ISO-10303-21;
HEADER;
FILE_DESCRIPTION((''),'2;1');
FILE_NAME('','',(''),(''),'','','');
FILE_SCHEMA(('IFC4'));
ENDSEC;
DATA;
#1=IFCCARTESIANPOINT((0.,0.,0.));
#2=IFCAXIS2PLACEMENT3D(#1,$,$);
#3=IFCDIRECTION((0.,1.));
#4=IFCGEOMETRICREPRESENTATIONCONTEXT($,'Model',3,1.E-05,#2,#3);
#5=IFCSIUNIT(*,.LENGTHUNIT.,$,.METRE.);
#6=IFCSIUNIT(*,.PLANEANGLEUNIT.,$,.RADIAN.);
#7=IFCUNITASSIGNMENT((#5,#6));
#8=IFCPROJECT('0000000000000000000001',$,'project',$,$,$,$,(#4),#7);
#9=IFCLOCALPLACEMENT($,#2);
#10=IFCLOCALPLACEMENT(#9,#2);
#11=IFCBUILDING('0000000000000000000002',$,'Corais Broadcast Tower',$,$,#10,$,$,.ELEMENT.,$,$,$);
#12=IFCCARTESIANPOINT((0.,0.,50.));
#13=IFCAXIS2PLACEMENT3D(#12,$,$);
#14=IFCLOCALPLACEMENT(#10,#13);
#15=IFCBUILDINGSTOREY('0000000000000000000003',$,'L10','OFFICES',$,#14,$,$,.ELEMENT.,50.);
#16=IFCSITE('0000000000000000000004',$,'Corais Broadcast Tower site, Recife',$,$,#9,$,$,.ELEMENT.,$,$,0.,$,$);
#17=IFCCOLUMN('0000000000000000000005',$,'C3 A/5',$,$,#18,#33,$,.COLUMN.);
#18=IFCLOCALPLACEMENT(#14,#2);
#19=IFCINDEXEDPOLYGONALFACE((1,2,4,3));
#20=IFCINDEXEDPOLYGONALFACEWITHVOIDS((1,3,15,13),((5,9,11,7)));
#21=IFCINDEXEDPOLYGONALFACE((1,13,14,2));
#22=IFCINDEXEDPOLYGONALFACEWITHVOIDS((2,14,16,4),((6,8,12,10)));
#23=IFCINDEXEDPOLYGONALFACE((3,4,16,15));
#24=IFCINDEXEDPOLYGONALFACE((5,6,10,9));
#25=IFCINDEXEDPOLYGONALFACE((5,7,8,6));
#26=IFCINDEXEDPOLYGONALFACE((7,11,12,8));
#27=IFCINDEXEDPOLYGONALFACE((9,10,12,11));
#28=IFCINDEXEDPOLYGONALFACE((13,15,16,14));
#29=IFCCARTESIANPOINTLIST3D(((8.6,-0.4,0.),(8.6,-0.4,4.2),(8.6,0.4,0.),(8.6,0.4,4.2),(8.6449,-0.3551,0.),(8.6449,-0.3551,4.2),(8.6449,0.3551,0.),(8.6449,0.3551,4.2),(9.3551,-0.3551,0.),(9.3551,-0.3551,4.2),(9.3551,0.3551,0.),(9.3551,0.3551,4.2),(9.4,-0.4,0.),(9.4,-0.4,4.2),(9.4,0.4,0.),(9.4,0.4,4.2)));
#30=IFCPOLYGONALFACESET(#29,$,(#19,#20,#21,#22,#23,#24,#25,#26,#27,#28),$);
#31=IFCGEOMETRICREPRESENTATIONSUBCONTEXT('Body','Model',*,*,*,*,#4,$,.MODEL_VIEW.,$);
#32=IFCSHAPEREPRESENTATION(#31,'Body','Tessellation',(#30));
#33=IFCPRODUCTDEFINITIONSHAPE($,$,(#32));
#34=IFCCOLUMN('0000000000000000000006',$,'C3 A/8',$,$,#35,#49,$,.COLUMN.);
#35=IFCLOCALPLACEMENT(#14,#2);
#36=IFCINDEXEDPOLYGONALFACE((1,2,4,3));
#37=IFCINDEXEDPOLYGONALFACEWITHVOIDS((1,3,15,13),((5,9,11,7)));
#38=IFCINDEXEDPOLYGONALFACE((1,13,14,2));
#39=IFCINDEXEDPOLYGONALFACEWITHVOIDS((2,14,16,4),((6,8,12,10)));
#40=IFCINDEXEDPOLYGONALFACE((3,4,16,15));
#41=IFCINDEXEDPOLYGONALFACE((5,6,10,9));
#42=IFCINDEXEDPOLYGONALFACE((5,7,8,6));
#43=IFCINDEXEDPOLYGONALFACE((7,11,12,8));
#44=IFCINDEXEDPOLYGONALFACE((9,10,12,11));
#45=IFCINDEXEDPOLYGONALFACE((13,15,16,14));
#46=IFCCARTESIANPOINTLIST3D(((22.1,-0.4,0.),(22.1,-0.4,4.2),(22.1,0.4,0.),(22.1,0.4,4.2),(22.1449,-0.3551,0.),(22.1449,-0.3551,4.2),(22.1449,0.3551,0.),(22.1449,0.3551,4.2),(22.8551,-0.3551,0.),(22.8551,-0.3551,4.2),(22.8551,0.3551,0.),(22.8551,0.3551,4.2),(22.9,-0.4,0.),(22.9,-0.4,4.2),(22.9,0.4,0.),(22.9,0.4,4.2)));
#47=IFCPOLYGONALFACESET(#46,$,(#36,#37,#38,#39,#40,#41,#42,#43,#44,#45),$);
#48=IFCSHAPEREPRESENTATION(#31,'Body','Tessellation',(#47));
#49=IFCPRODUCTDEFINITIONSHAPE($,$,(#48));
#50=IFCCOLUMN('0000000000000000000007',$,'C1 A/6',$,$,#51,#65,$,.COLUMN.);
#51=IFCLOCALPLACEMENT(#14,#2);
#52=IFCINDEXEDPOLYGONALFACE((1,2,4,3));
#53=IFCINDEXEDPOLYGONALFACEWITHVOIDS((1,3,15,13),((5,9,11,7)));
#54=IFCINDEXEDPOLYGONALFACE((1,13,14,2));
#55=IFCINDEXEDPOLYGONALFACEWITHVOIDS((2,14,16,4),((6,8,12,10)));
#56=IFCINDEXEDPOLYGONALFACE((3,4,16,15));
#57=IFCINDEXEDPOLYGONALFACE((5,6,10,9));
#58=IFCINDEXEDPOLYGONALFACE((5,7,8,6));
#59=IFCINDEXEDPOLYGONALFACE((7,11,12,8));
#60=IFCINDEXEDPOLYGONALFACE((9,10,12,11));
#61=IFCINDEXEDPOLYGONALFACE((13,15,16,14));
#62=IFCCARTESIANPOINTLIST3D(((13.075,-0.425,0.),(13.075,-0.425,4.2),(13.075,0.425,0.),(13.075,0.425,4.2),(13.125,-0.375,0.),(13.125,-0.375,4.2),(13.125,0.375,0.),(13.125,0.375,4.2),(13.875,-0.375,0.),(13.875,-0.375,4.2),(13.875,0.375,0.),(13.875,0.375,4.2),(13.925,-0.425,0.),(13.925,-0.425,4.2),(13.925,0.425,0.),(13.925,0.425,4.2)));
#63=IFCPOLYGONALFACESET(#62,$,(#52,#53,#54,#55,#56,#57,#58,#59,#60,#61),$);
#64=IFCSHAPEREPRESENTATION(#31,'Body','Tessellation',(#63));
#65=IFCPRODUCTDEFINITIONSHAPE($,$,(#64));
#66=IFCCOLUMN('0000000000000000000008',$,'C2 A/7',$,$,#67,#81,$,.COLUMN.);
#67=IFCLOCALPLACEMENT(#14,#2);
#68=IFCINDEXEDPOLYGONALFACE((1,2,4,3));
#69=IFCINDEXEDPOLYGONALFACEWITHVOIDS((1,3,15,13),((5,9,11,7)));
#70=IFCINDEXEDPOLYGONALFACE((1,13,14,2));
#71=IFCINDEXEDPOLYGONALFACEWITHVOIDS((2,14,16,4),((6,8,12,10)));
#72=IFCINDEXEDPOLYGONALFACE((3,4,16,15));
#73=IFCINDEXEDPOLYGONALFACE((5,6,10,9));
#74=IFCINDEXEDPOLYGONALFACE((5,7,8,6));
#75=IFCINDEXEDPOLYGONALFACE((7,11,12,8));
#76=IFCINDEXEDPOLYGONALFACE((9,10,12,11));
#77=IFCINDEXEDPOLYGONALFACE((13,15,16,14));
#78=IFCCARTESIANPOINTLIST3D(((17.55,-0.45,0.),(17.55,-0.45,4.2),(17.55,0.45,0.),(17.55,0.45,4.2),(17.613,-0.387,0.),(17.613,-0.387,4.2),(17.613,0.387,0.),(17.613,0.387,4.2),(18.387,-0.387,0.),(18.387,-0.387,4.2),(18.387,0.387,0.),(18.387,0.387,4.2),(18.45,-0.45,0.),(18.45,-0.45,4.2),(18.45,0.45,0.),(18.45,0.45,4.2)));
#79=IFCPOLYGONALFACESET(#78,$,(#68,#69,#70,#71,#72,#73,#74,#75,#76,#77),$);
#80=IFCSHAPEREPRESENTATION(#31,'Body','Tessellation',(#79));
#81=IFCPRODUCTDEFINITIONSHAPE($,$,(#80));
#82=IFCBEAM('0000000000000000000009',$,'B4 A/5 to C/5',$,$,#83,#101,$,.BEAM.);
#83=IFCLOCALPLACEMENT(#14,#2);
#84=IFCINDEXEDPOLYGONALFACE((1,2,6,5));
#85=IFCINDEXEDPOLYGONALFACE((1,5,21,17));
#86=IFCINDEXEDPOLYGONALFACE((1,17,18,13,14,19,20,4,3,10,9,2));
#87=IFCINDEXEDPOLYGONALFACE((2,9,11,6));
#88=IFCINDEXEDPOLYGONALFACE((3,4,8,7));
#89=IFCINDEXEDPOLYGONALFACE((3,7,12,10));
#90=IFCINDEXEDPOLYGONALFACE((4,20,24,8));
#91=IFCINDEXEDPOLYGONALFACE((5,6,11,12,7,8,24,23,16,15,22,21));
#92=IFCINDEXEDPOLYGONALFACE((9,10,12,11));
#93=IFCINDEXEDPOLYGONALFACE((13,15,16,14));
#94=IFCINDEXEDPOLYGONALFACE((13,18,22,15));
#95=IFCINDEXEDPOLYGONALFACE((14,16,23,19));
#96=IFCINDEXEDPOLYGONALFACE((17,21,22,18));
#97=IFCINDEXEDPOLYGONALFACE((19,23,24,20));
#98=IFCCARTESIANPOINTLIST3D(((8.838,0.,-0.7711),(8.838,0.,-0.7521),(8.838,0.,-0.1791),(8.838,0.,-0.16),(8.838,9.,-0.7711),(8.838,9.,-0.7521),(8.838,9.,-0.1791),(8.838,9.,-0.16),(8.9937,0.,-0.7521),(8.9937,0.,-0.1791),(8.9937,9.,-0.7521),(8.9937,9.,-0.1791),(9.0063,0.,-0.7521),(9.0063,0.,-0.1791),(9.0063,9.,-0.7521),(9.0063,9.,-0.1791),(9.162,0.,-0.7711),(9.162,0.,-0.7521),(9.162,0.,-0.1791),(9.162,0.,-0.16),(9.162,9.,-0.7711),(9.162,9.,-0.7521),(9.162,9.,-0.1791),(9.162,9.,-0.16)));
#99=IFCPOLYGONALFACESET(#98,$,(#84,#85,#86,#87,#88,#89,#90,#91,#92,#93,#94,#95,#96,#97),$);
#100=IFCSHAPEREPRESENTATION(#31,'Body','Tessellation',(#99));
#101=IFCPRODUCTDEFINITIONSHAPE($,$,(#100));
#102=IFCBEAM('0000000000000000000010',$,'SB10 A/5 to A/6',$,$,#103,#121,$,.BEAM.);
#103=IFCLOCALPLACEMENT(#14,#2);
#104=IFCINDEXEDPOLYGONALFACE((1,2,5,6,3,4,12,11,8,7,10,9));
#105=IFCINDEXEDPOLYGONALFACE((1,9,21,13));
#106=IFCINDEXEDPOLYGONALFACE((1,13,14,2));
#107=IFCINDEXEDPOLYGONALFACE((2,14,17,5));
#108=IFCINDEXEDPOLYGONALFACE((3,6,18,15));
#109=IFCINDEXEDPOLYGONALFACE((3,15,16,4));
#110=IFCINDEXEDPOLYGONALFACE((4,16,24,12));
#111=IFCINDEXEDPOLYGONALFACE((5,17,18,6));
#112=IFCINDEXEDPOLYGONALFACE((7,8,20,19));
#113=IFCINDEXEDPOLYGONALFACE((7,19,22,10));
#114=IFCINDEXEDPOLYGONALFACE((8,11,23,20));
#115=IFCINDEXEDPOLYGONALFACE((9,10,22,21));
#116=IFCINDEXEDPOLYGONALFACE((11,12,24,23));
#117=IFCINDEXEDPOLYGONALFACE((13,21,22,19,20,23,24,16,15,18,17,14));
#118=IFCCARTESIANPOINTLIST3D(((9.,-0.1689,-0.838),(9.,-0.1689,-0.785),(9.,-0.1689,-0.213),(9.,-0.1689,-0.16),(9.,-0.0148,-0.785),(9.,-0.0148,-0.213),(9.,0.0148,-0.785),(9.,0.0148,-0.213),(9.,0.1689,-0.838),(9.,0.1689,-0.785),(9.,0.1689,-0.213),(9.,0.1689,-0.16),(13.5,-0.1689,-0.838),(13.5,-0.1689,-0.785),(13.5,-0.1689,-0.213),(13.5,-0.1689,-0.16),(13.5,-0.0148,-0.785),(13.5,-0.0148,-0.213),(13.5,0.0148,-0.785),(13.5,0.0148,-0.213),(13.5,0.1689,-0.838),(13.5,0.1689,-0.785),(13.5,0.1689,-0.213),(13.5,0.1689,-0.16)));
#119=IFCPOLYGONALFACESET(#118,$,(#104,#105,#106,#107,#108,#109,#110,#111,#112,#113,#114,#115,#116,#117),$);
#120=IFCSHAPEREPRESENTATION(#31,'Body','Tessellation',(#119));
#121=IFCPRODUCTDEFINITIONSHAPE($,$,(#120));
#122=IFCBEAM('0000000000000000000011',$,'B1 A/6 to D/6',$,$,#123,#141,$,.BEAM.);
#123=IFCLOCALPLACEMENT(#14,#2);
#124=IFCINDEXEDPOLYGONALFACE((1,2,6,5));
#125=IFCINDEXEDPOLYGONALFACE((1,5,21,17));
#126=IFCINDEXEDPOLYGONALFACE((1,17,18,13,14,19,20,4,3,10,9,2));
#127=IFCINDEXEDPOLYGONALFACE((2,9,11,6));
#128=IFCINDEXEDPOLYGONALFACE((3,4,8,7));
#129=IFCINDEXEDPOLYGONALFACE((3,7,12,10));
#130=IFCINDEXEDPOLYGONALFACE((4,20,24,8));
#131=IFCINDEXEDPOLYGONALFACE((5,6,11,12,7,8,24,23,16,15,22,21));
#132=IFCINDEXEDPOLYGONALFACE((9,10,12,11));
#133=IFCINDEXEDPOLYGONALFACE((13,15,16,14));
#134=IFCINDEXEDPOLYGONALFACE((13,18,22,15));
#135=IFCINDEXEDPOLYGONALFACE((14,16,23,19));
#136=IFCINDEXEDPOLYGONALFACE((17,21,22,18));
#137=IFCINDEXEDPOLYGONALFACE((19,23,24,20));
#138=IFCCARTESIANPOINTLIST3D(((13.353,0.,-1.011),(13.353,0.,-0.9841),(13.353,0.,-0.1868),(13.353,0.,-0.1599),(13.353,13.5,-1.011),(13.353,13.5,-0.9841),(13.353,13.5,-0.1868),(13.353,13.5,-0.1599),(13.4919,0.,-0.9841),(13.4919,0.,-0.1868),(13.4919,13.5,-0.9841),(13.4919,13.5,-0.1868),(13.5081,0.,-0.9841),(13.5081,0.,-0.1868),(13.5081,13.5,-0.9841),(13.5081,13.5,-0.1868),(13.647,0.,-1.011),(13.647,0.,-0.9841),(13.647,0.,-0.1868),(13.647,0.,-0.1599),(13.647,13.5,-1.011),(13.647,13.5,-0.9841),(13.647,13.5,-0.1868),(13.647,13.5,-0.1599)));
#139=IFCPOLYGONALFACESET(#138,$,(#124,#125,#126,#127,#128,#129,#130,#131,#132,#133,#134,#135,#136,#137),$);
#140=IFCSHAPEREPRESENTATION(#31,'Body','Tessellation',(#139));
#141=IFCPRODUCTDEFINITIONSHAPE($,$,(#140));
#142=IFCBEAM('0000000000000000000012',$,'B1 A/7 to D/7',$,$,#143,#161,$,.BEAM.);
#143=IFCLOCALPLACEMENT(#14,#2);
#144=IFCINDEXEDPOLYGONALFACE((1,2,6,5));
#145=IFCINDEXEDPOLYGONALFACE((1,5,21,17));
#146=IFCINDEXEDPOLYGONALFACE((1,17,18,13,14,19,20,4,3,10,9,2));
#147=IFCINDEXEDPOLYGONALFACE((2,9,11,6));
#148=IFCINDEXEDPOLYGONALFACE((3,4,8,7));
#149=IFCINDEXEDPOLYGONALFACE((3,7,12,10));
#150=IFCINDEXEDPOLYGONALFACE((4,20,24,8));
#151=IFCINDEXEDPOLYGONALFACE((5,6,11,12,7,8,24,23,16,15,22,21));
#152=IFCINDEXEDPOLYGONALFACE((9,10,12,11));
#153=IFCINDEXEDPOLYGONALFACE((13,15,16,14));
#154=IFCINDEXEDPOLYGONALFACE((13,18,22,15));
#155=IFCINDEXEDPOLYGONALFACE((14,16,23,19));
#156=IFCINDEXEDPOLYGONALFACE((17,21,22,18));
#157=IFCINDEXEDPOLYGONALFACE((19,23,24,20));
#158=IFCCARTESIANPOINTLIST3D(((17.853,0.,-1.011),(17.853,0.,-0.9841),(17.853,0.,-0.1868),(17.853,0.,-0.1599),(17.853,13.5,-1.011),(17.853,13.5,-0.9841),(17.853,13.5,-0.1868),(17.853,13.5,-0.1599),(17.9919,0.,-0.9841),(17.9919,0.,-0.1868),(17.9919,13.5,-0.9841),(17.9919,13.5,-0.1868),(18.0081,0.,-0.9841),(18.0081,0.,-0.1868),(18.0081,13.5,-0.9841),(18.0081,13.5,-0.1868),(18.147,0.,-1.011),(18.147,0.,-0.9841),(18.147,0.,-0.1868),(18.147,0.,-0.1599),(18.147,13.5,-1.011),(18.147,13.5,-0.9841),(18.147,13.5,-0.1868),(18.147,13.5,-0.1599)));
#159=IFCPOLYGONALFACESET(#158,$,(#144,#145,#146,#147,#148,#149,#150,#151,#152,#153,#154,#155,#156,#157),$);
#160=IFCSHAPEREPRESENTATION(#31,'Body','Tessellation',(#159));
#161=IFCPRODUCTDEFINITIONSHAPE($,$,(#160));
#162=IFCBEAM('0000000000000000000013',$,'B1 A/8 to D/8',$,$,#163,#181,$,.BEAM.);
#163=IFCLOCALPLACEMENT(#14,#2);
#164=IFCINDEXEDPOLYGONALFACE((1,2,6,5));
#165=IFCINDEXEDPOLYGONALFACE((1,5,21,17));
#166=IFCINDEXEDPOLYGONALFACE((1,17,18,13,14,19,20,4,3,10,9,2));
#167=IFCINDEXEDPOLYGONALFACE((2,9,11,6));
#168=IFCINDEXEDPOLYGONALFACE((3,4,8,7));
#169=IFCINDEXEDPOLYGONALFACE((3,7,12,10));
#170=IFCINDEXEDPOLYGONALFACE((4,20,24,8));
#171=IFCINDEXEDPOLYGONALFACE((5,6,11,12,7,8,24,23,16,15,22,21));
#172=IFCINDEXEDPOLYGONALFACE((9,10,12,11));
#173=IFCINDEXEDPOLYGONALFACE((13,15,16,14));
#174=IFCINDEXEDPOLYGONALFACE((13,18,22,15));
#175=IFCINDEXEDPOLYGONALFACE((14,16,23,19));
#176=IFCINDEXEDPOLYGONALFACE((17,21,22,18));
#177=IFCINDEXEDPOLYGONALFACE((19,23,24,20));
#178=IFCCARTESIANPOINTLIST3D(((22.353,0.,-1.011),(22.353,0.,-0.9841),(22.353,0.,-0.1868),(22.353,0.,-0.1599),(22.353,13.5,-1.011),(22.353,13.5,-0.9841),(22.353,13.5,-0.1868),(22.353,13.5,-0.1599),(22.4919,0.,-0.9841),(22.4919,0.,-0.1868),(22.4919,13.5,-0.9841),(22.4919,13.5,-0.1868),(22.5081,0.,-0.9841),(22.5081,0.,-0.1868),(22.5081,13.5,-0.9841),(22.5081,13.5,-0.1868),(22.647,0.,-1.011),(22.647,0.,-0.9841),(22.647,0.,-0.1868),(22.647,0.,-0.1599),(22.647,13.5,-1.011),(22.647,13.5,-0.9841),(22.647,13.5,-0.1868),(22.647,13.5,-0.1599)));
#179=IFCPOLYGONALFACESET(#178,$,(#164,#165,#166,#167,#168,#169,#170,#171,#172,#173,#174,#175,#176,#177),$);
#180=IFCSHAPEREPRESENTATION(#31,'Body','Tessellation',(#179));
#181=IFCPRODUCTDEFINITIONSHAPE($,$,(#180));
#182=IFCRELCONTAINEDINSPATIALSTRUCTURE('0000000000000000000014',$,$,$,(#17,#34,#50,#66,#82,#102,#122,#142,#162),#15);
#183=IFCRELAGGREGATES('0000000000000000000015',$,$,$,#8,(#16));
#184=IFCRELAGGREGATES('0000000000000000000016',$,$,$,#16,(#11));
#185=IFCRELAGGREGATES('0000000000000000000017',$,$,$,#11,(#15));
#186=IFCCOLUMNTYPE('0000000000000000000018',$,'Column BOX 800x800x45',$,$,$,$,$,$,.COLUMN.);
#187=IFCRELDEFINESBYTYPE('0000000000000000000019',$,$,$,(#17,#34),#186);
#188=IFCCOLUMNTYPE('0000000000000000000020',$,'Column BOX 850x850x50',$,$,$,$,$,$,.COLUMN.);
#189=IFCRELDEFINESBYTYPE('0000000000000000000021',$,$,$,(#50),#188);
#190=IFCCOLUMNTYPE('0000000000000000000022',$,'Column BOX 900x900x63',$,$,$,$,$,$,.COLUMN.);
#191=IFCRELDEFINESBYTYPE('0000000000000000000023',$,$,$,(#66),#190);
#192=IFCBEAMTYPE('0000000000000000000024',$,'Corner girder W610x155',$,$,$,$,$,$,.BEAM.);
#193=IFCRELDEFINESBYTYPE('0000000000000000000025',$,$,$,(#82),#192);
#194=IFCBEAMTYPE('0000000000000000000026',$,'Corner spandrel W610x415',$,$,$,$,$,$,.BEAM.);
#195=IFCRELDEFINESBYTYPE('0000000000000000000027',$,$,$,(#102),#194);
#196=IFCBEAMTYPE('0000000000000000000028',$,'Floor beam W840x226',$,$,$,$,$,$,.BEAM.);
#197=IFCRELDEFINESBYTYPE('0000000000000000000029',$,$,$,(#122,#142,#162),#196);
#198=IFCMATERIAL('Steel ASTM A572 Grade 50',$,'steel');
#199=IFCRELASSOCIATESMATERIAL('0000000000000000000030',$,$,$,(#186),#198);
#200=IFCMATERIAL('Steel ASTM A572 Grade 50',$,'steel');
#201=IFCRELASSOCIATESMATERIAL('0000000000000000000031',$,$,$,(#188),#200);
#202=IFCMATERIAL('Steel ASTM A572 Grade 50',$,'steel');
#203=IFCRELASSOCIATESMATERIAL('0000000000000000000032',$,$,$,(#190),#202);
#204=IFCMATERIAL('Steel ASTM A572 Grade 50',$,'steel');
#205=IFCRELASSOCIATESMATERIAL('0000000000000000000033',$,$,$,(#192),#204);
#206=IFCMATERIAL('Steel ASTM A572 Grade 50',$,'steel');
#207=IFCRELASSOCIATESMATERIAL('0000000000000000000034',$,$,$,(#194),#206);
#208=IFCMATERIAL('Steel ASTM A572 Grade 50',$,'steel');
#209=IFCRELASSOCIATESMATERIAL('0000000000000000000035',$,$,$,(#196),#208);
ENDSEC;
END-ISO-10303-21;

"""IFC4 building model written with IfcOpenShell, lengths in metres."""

from ifc_helpers import new_model, si_unit, direction, frame, origin, origin_2d, place, context, subcontext, project, spatial, hollow_rectangle, i_section, extrude, material, material_profile, profile_set, type_object, element, save


model = new_model("IFC4")

# Units and contexts
model_context = context("Model", 3, precision=1e-05, world=origin(), true_north=direction((0.0, 1.0)))
body_context = subcontext(model_context, "Body", "Model", "MODEL_VIEW")
ifc_project = project(units=[si_unit("LENGTHUNIT", "METRE"), si_unit("PLANEANGLEUNIT", "RADIAN")], contexts=[model_context])

# Site, building, storey
site_placement = place(None, origin())
site = spatial("IfcSite", under=ifc_project, at=site_placement, Name="Corais Broadcast Tower site, Recife", CompositionType="ELEMENT", RefElevation=0.0)
building_placement = place(site_placement, origin())
building = spatial("IfcBuilding", under=site, at=building_placement, Name="Corais Broadcast Tower", CompositionType="ELEMENT")
storey_placement = place(building_placement, frame((0.0, 0.0, 50.0)))
storey = spatial("IfcBuildingStorey", under=building, at=storey_placement, Name="L10", Description="OFFICES", CompositionType="ELEMENT", Elevation=50.0)

# Columns
ifc_material_1 = material(Name="Steel ASTM A572 Grade 50", Category="steel")
ifc_material_profile_1 = material_profile(ifc_material_1, hollow_rectangle(XDim=0.8, YDim=0.8, WallThickness=0.0449, at=origin_2d()), Name="BOX 800x800x45")
ifc_profile_set_1 = profile_set([ifc_material_profile_1], Name="Steel ASTM A572 Grade 50")
column_type_1 = type_object("IfcColumnType", Name="Column BOX 800x800x45", PredefinedType="COLUMN", material=ifc_profile_set_1)
for number, where, z_axis, x_axis, name in (
    (1, (9.0, 0.0, 0.0), (0.0, 0.0, 1.0), (1.0, 0.0, 0.0), "C3 A/5"),
    (2, (22.5, 0.0, 0.0), (0.0, 0.0, 1.0), (1.0, 0.0, 0.0), "C3 A/8"),
):
    element("IfcColumn", number, at=place(storey_placement, frame(where, z_axis=z_axis, x_axis=x_axis)), inside=storey, type_object=column_type_1, Name=name, PredefinedType="COLUMN", context=body_context, shape_type="SweptSolid", body=[
        extrude(hollow_rectangle(XDim=0.8, YDim=0.8, WallThickness=0.0449, at=origin_2d()), origin(), (0.0, 0.0, 1.0), 4.2),
    ])
ifc_material_2 = material(Name="Steel ASTM A572 Grade 50", Category="steel")
ifc_material_profile_2 = material_profile(ifc_material_2, hollow_rectangle(XDim=0.8501, YDim=0.8501, WallThickness=0.05, at=origin_2d()), Name="BOX 850x850x50")
ifc_profile_set_2 = profile_set([ifc_material_profile_2], Name="Steel ASTM A572 Grade 50")
column_type_2 = type_object("IfcColumnType", Name="Column BOX 850x850x50", PredefinedType="COLUMN", material=ifc_profile_set_2)
column_1_placement = place(storey_placement, frame((13.5, 0.0, 0.0), z_axis=(0.0, 0.0, 1.0), x_axis=(1.0, 0.0, 0.0)))
element("IfcColumn", 3, at=column_1_placement, inside=storey, type_object=column_type_2, Name="C1 A/6", PredefinedType="COLUMN", context=body_context, shape_type="SweptSolid", body=[
    extrude(hollow_rectangle(XDim=0.8501, YDim=0.8501, WallThickness=0.05, at=origin_2d()), origin(), (0.0, 0.0, 1.0), 4.2),
])
ifc_material_3 = material(Name="Steel ASTM A572 Grade 50", Category="steel")
ifc_material_profile_3 = material_profile(ifc_material_3, hollow_rectangle(XDim=0.8999, YDim=0.8999, WallThickness=0.063, at=origin_2d()), Name="BOX 900x900x63")
ifc_profile_set_3 = profile_set([ifc_material_profile_3], Name="Steel ASTM A572 Grade 50")
column_type_3 = type_object("IfcColumnType", Name="Column BOX 900x900x63", PredefinedType="COLUMN", material=ifc_profile_set_3)
column_2_placement = place(storey_placement, frame((18.0, 0.0, 0.0), z_axis=(0.0, 0.0, 1.0), x_axis=(1.0, 0.0, 0.0)))
element("IfcColumn", 4, at=column_2_placement, inside=storey, type_object=column_type_3, Name="C2 A/7", PredefinedType="COLUMN", context=body_context, shape_type="SweptSolid", body=[
    extrude(hollow_rectangle(XDim=0.8999, YDim=0.8999, WallThickness=0.063, at=origin_2d()), origin(), (0.0, 0.0, 1.0), 4.2),
])

# Beams
ifc_material_4 = material(Name="Steel ASTM A572 Grade 50", Category="steel")
ifc_material_profile_4 = material_profile(ifc_material_4, i_section(OverallWidth=0.324, OverallDepth=0.6111, WebThickness=0.0127, FlangeThickness=0.019, at=origin_2d()), Name="W610x155")
ifc_profile_set_4 = profile_set([ifc_material_profile_4], Name="Steel ASTM A572 Grade 50")
beam_type_1 = type_object("IfcBeamType", Name="Corner girder W610x155", PredefinedType="BEAM", material=ifc_profile_set_4)
beam_1_placement = place(storey_placement, frame((9.0, 0.0, -0.4656), z_axis=(0.0, 1.0, 0.0), x_axis=(-1.0, 0.0, 0.0)))
element("IfcBeam", 5, at=beam_1_placement, inside=storey, type_object=beam_type_1, Name="B4 A/5 to C/5", PredefinedType="BEAM", context=body_context, shape_type="SweptSolid", body=[
    extrude(i_section(OverallWidth=0.324, OverallDepth=0.6111, WebThickness=0.0127, FlangeThickness=0.019, at=origin_2d()), origin(), (0.0, 0.0, 1.0), 9.0),
])
ifc_material_5 = material(Name="Steel ASTM A572 Grade 50", Category="steel")
ifc_material_profile_5 = material_profile(ifc_material_5, i_section(OverallWidth=0.3379, OverallDepth=0.678, WebThickness=0.0295, FlangeThickness=0.053, at=origin_2d()), Name="W610x415")
ifc_profile_set_5 = profile_set([ifc_material_profile_5], Name="Steel ASTM A572 Grade 50")
beam_type_2 = type_object("IfcBeamType", Name="Corner spandrel W610x415", PredefinedType="BEAM", material=ifc_profile_set_5)
beam_2_placement = place(storey_placement, frame((9.0, 0.0, -0.499), z_axis=(1.0, 0.0, 0.0), x_axis=(0.0, 1.0, 0.0)))
element("IfcBeam", 6, at=beam_2_placement, inside=storey, type_object=beam_type_2, Name="SB10 A/5 to A/6", PredefinedType="BEAM", context=body_context, shape_type="SweptSolid", body=[
    extrude(i_section(OverallWidth=0.3379, OverallDepth=0.678, WebThickness=0.0295, FlangeThickness=0.053, at=origin_2d()), origin(), (0.0, 0.0, 1.0), 4.5),
])
ifc_material_6 = material(Name="Steel ASTM A572 Grade 50", Category="steel")
ifc_material_profile_6 = material_profile(ifc_material_6, i_section(OverallWidth=0.2939, OverallDepth=0.8511, WebThickness=0.0161, FlangeThickness=0.0269, at=origin_2d()), Name="W840x226")
ifc_profile_set_6 = profile_set([ifc_material_profile_6], Name="Steel ASTM A572 Grade 50")
beam_type_3 = type_object("IfcBeamType", Name="Floor beam W840x226", PredefinedType="BEAM", material=ifc_profile_set_6)
for number, where, z_axis, x_axis, name in (
    (7, (13.5, 0.0, -0.5854), (0.0, 1.0, 0.0), (-1.0, 0.0, 0.0), "B1 A/6 to D/6"),
    (8, (18.0, 0.0, -0.5854), (0.0, 1.0, 0.0), (-1.0, 0.0, 0.0), "B1 A/7 to D/7"),
    (9, (22.5, 0.0, -0.5854), (0.0, 1.0, 0.0), (-1.0, 0.0, 0.0), "B1 A/8 to D/8"),
):
    element("IfcBeam", number, at=place(storey_placement, frame(where, z_axis=z_axis, x_axis=x_axis)), inside=storey, type_object=beam_type_3, Name=name, PredefinedType="BEAM", context=body_context, shape_type="SweptSolid", body=[
        extrude(i_section(OverallWidth=0.2939, OverallDepth=0.8511, WebThickness=0.0161, FlangeThickness=0.0269, at=origin_2d()), origin(), (0.0, 0.0, 1.0), 13.5),
    ])

save(model, "model.ifc")
